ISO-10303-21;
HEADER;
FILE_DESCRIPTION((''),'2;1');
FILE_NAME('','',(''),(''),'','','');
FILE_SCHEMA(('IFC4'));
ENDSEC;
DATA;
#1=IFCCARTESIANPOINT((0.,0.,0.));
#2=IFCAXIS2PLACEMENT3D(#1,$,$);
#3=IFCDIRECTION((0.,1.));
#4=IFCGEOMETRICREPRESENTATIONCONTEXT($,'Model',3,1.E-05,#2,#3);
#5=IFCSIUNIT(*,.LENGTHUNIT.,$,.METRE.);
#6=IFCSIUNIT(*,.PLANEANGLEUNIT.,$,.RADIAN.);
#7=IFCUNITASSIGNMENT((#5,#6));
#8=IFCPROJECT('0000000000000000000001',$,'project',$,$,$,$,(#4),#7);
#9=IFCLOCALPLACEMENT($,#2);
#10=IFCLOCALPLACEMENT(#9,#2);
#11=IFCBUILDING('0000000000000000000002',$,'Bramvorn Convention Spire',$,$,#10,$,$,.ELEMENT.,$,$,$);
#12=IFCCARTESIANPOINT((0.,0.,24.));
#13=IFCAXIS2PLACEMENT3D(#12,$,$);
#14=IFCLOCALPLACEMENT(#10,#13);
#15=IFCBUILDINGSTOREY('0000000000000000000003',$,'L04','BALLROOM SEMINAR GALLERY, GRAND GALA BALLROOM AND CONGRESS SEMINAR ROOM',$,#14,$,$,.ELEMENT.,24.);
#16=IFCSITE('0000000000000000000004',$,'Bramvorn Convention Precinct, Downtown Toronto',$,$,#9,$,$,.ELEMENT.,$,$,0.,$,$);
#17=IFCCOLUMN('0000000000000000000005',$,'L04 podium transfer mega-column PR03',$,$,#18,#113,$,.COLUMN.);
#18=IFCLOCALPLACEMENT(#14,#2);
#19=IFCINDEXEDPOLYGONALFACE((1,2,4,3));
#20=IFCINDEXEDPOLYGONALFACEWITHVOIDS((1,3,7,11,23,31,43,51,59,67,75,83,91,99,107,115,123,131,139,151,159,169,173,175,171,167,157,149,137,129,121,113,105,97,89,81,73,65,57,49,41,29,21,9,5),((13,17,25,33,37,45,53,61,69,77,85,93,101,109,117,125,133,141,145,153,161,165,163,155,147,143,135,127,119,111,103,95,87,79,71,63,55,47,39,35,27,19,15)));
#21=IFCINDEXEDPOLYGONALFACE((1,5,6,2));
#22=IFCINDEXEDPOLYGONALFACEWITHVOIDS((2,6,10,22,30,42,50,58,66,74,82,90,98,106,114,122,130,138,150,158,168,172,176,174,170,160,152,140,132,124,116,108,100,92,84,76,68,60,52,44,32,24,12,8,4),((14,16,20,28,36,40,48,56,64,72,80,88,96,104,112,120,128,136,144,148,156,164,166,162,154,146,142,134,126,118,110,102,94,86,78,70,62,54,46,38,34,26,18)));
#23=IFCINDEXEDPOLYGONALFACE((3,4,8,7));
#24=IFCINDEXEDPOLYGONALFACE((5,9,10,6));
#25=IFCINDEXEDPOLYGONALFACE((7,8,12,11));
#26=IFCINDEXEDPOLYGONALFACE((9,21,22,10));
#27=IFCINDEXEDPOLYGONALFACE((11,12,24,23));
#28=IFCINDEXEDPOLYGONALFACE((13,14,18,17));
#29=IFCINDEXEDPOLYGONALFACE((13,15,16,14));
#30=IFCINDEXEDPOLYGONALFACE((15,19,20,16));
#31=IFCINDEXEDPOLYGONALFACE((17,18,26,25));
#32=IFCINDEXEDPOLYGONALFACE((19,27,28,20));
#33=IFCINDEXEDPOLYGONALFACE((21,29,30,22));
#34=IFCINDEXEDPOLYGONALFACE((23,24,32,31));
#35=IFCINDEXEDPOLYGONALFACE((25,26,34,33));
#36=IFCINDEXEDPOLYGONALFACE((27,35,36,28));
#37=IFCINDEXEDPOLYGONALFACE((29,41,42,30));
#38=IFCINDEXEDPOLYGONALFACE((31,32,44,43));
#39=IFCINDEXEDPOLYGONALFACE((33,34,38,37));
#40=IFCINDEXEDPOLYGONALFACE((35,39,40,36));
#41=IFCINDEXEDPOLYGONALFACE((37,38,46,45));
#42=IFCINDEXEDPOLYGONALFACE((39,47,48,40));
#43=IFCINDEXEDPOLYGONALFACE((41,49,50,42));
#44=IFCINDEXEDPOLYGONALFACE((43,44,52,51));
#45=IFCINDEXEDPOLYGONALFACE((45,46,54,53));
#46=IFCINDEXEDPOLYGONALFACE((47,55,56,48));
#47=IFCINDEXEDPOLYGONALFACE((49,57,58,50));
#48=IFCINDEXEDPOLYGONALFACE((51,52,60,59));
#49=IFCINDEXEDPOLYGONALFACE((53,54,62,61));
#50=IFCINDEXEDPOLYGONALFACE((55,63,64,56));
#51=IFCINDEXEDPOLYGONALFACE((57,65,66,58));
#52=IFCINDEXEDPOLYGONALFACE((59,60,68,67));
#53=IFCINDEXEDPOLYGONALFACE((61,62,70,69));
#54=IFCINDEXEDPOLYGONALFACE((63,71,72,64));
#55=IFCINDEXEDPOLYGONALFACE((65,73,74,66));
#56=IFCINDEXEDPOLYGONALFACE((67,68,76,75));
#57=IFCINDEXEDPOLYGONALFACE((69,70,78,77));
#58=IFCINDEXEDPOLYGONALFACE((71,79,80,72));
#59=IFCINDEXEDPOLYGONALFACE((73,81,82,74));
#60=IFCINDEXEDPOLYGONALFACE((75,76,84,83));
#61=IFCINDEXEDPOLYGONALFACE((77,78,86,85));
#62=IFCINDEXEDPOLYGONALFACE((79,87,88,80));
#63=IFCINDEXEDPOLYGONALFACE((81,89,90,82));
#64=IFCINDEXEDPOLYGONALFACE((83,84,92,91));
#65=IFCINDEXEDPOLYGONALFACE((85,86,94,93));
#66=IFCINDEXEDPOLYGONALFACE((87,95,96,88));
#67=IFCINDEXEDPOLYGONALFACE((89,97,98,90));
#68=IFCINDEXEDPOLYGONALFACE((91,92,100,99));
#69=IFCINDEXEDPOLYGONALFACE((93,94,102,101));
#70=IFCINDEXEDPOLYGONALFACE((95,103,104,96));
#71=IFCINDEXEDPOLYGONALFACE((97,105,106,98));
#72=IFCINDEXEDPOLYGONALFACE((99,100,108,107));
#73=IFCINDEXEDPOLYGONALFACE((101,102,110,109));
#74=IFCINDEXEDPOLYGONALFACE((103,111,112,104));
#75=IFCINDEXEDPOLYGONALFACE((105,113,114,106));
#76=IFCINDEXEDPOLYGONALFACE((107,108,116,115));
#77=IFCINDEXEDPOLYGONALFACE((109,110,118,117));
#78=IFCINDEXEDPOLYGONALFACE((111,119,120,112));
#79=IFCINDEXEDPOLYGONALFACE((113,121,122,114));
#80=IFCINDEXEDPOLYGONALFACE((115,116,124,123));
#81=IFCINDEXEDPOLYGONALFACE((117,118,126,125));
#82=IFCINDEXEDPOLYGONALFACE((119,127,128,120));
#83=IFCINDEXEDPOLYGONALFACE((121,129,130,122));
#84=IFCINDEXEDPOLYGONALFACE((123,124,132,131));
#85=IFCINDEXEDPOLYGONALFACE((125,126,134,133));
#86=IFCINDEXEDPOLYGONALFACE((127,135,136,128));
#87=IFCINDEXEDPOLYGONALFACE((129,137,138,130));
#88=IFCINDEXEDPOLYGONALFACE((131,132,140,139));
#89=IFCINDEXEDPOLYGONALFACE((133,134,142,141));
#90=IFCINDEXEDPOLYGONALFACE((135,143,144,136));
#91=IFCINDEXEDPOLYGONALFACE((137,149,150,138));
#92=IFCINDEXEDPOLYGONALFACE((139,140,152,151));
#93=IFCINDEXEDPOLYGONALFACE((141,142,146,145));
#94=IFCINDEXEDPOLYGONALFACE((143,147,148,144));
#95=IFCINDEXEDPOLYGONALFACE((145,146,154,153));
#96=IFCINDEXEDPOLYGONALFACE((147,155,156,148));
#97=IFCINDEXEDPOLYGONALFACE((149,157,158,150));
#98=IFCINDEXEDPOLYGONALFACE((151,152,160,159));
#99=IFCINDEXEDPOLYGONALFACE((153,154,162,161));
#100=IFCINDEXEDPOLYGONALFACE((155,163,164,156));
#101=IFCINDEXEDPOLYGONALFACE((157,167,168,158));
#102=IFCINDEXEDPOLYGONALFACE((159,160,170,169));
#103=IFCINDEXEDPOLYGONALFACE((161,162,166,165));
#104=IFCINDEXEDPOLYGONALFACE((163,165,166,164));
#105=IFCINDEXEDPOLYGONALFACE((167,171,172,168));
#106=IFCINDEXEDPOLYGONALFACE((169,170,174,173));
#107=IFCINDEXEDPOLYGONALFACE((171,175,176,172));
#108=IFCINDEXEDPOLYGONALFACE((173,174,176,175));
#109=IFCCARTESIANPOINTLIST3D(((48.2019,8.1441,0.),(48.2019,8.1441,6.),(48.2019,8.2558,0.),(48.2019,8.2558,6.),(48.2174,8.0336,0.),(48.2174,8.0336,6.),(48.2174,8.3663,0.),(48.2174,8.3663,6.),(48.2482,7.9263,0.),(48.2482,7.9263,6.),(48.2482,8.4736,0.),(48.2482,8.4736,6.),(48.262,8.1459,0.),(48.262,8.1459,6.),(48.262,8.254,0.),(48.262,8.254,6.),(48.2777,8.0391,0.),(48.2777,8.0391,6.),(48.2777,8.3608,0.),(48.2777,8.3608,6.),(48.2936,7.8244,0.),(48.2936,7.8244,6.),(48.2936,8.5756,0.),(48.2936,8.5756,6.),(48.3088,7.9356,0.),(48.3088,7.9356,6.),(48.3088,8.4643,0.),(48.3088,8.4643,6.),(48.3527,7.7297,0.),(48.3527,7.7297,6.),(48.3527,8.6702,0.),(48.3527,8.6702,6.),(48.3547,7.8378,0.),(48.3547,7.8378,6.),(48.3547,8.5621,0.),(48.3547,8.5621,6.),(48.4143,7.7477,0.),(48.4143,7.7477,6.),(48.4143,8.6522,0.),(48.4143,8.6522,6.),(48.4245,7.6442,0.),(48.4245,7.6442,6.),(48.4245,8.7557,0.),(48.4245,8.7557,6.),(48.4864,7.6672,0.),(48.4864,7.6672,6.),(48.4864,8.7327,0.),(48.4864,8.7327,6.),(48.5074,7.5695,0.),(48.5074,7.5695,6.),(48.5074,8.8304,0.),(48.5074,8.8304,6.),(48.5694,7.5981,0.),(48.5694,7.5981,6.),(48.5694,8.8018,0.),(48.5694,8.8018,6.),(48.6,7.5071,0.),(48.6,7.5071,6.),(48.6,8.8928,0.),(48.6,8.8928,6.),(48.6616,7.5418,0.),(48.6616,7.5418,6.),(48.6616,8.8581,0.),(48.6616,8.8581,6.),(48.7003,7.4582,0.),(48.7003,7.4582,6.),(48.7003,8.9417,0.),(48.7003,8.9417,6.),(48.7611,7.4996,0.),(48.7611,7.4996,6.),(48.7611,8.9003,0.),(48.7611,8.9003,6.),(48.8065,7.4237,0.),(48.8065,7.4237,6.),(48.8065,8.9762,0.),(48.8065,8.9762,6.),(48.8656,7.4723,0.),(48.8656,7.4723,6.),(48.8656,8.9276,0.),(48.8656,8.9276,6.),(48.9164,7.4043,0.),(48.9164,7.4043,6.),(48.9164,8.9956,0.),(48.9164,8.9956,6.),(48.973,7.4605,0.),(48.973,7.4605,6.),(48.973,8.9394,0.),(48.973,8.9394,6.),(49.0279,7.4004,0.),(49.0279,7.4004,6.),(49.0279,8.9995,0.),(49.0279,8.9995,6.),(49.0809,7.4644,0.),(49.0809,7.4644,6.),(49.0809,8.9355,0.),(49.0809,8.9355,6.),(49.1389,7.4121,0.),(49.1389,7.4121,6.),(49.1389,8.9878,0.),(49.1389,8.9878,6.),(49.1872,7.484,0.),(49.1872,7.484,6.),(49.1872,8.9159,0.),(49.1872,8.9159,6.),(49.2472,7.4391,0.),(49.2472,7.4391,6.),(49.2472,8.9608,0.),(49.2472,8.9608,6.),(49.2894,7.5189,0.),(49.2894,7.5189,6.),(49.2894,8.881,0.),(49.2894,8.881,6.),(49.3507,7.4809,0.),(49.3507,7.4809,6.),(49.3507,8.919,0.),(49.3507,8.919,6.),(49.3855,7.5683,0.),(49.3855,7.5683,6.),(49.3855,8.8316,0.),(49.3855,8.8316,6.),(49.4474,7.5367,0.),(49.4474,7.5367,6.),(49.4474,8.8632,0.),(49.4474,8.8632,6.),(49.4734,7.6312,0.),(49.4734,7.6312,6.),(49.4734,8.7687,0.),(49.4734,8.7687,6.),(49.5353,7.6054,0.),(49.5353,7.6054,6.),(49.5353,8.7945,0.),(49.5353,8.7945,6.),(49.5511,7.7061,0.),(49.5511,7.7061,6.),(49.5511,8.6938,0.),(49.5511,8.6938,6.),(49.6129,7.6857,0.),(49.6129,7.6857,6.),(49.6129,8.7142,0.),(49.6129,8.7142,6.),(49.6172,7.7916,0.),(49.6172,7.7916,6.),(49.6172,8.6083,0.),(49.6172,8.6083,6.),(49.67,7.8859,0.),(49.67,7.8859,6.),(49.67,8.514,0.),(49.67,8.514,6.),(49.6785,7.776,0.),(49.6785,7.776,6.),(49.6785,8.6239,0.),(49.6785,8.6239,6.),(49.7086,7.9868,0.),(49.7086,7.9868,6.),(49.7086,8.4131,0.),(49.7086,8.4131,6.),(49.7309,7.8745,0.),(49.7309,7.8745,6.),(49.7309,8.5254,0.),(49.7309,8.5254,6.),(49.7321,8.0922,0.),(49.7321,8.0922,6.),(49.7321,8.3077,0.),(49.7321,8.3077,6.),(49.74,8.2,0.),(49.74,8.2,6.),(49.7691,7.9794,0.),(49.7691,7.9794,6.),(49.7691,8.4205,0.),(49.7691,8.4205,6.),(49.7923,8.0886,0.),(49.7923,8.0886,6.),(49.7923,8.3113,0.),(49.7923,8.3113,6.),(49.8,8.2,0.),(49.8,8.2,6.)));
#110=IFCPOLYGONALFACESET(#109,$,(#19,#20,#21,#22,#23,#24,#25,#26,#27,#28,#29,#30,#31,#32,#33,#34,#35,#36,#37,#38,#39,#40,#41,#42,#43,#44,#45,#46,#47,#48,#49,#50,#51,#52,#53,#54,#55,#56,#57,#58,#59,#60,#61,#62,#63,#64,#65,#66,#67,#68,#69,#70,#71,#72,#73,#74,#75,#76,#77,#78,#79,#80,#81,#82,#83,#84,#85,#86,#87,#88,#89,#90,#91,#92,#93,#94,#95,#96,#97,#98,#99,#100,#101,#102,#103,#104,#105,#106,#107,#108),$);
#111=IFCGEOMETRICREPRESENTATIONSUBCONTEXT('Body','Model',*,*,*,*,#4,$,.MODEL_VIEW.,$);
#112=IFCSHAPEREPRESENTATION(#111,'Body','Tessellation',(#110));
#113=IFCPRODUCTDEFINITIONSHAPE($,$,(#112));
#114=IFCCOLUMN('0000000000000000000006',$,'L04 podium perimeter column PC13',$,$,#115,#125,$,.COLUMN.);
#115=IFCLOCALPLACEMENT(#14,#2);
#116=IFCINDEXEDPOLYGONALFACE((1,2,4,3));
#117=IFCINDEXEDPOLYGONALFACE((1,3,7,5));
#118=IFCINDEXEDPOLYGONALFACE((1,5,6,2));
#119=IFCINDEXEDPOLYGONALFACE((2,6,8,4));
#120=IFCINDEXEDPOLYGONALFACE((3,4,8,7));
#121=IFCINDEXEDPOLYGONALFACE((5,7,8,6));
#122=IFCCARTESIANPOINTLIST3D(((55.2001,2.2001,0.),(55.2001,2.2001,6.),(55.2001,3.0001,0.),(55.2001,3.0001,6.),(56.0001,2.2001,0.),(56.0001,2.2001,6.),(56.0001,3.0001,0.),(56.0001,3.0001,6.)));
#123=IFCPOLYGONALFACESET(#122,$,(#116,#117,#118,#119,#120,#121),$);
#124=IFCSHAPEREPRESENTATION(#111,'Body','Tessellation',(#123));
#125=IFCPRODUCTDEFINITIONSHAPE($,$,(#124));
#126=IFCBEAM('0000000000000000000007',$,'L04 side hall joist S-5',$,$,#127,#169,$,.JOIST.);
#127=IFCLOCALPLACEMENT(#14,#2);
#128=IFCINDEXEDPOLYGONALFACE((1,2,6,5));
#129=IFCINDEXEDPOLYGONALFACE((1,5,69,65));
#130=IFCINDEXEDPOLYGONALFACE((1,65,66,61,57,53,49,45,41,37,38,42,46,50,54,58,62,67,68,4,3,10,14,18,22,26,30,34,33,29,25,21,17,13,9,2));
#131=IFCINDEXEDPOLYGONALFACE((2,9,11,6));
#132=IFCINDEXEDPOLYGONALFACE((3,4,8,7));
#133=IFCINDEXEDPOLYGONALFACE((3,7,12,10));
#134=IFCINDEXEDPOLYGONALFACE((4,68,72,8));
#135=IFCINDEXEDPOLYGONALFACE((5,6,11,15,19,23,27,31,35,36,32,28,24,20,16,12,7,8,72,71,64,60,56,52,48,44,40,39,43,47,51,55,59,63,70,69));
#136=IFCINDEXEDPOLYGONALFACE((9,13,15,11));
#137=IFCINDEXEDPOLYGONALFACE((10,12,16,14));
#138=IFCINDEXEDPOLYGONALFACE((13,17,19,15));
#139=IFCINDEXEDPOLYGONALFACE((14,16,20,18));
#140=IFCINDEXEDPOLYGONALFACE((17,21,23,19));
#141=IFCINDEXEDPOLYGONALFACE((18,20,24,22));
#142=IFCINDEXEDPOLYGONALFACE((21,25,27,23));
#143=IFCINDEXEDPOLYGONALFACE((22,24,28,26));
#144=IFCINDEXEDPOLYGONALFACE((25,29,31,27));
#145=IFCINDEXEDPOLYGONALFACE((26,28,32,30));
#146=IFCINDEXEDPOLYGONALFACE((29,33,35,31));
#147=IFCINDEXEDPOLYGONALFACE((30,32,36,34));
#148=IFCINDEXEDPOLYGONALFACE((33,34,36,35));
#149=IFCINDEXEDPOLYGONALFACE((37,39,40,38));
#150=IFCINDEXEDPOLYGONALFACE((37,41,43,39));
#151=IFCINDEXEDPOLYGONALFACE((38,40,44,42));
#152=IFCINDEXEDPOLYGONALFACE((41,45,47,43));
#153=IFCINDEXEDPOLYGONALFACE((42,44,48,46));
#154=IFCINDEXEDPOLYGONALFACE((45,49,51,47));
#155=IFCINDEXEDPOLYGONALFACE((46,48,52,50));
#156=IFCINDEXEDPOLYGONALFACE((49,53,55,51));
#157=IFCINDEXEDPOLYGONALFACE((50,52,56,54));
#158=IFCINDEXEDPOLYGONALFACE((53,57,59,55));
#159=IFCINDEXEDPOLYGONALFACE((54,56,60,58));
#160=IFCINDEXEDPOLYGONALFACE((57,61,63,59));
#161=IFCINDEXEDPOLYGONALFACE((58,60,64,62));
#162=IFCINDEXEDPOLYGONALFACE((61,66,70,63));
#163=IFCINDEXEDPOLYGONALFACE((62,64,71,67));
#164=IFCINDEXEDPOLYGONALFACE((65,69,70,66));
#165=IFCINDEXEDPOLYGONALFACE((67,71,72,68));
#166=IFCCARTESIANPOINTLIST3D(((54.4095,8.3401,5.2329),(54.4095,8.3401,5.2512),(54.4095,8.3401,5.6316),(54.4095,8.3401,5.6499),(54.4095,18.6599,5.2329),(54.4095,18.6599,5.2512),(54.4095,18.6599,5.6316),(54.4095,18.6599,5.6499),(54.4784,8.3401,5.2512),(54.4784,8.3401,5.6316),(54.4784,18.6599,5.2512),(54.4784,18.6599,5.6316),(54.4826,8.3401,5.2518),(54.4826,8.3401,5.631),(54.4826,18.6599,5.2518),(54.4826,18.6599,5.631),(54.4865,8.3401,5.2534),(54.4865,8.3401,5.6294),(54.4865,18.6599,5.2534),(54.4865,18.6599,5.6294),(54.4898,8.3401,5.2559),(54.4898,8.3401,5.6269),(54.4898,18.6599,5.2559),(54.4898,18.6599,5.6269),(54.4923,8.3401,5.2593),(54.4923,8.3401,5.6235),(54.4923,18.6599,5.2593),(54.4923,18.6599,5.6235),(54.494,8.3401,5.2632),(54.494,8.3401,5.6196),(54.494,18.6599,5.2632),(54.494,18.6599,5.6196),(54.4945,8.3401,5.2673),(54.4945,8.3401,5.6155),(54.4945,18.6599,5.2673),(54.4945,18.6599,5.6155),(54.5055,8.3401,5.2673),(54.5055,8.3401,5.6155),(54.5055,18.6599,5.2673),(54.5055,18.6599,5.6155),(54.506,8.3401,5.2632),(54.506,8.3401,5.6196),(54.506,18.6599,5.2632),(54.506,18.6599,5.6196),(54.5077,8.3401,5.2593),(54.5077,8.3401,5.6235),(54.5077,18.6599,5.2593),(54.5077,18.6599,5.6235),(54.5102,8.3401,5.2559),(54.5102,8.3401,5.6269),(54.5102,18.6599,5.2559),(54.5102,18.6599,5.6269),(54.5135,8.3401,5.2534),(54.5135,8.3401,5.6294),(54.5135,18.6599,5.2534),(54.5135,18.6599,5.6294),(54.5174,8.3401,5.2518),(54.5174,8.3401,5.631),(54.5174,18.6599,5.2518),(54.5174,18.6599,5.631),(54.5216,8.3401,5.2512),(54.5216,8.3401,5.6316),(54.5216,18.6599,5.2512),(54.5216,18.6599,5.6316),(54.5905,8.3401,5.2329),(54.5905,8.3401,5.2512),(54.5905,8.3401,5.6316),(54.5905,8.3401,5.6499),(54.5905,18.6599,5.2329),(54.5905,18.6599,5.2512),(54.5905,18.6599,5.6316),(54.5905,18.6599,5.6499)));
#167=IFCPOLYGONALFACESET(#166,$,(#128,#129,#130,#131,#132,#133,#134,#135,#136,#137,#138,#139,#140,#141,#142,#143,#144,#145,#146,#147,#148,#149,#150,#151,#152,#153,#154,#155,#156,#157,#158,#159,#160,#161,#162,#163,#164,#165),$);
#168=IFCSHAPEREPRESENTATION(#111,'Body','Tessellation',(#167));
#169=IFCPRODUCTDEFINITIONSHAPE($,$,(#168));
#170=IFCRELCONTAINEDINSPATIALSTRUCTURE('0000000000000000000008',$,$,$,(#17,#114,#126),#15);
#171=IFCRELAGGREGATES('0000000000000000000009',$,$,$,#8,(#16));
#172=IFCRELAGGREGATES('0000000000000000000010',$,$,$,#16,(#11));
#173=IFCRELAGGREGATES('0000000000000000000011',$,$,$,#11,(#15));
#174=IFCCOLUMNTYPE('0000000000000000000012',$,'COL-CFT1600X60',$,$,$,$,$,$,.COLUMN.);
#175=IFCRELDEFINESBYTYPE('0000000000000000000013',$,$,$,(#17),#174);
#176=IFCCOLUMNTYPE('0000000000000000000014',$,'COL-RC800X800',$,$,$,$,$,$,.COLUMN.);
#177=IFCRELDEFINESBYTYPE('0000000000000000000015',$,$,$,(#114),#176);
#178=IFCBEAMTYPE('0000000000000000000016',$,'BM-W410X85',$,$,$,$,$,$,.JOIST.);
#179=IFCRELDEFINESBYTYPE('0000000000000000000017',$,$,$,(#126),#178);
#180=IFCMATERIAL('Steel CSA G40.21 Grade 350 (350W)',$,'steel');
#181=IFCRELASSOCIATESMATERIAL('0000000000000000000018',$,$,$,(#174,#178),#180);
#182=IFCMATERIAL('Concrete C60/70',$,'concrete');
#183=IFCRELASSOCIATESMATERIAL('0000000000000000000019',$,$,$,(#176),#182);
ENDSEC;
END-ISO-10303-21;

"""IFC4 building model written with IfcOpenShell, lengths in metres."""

from ifc_helpers import new_model, si_unit, direction, frame, origin, origin_2d, place, context, subcontext, project, spatial, rectangle, hollow_circle, i_section, extrude, material, material_profile, profile_set, type_object, element, save


model = new_model("IFC4")

# Units and contexts
model_context = context("Model", 3, precision=1e-05, world=origin(), true_north=direction((0.0, 1.0)))
body_context = subcontext(model_context, "Body", "Model", "MODEL_VIEW")
ifc_project = project(units=[si_unit("LENGTHUNIT", "METRE"), si_unit("PLANEANGLEUNIT", "RADIAN")], contexts=[model_context])

# Site, building, storey
site_placement = place(None, origin())
site = spatial("IfcSite", under=ifc_project, at=site_placement, Name="Bramvorn Convention Precinct, Downtown Toronto", CompositionType="ELEMENT", RefElevation=0.0)
building_placement = place(site_placement, origin())
building = spatial("IfcBuilding", under=site, at=building_placement, Name="Bramvorn Convention Spire", CompositionType="ELEMENT")
storey_placement = place(building_placement, frame((0.0, 0.0, 24.0)))
storey = spatial("IfcBuildingStorey", under=building, at=storey_placement, Name="L04", Description="BALLROOM SEMINAR GALLERY, GRAND GALA BALLROOM AND CONGRESS SEMINAR ROOM", CompositionType="ELEMENT", Elevation=24.0)

# Columns
ifc_material_1 = material(Name="Steel CSA G40.21 Grade 350 (350W)", Category="steel")
ifc_material_profile_1 = material_profile(ifc_material_1, hollow_circle(Radius=0.8, WallThickness=0.0601, at=origin_2d()))
ifc_profile_set_1 = profile_set([ifc_material_profile_1], Name="Steel CSA G40.21 Grade 350 (350W) - CFT1600X60")
column_type_1 = type_object("IfcColumnType", Name="COL-CFT1600X60", PredefinedType="COLUMN", material=ifc_profile_set_1)
column_1_placement = place(storey_placement, frame((49.0, 8.2, 0.0), z_axis=(0.0, 0.0, 1.0), x_axis=(1.0, 0.0, 0.0)))
element("IfcColumn", 1, at=column_1_placement, inside=storey, type_object=column_type_1, Name="L04 podium transfer mega-column PR03", PredefinedType="COLUMN", context=body_context, shape_type="SweptSolid", body=[
    extrude(hollow_circle(Radius=0.8, WallThickness=0.0601, at=origin_2d()), origin(), (0.0, 0.0, 1.0), 6.0),
])
ifc_material_2 = material(Name="Concrete C60/70", Category="concrete")
ifc_material_profile_2 = material_profile(ifc_material_2, rectangle(XDim=0.8, YDim=0.8, at=origin_2d()))
ifc_profile_set_2 = profile_set([ifc_material_profile_2], Name="Concrete C60/70 - RC800X800")
column_type_2 = type_object("IfcColumnType", Name="COL-RC800X800", PredefinedType="COLUMN", material=ifc_profile_set_2)
column_2_placement = place(storey_placement, frame((55.6001, 2.6001, 0.0), z_axis=(0.0, 0.0, 1.0), x_axis=(1.0, 0.0, 0.0)))
element("IfcColumn", 2, at=column_2_placement, inside=storey, type_object=column_type_2, Name="L04 podium perimeter column PC13", PredefinedType="COLUMN", context=body_context, shape_type="SweptSolid", body=[
    extrude(rectangle(XDim=0.8, YDim=0.8, at=origin_2d()), origin(), (0.0, 0.0, 1.0), 6.0),
])

# Beam
ifc_material_profile_3 = material_profile(ifc_material_1, i_section(OverallWidth=0.1809, OverallDepth=0.417, WebThickness=0.011, FlangeThickness=0.0183, FilletRadius=0.0161, at=origin_2d()))
ifc_profile_set_3 = profile_set([ifc_material_profile_3], Name="Steel CSA G40.21 Grade 350 (350W) - W410X85")
beam_type_1 = type_object("IfcBeamType", Name="BM-W410X85", PredefinedType="JOIST", material=ifc_profile_set_3)
for number, where, z_axis, x_axis, name in (
    (3, (54.5, 8.3401, 5.4414), (0.0, 1.0, 0.0), (-1.0, 0.0, 0.0), "L04 side hall joist S-5"),
):
    element("IfcBeam", number, at=place(storey_placement, frame(where, z_axis=z_axis, x_axis=x_axis)), inside=storey, type_object=beam_type_1, Name=name, PredefinedType="JOIST", context=body_context, shape_type="SweptSolid", body=[
        extrude(i_section(OverallWidth=0.1809, OverallDepth=0.417, WebThickness=0.011, FlangeThickness=0.0183, FilletRadius=0.0161, at=origin_2d()), origin(), (0.0, 0.0, 1.0), 10.3198),
    ])

save(model, "model.ifc")
